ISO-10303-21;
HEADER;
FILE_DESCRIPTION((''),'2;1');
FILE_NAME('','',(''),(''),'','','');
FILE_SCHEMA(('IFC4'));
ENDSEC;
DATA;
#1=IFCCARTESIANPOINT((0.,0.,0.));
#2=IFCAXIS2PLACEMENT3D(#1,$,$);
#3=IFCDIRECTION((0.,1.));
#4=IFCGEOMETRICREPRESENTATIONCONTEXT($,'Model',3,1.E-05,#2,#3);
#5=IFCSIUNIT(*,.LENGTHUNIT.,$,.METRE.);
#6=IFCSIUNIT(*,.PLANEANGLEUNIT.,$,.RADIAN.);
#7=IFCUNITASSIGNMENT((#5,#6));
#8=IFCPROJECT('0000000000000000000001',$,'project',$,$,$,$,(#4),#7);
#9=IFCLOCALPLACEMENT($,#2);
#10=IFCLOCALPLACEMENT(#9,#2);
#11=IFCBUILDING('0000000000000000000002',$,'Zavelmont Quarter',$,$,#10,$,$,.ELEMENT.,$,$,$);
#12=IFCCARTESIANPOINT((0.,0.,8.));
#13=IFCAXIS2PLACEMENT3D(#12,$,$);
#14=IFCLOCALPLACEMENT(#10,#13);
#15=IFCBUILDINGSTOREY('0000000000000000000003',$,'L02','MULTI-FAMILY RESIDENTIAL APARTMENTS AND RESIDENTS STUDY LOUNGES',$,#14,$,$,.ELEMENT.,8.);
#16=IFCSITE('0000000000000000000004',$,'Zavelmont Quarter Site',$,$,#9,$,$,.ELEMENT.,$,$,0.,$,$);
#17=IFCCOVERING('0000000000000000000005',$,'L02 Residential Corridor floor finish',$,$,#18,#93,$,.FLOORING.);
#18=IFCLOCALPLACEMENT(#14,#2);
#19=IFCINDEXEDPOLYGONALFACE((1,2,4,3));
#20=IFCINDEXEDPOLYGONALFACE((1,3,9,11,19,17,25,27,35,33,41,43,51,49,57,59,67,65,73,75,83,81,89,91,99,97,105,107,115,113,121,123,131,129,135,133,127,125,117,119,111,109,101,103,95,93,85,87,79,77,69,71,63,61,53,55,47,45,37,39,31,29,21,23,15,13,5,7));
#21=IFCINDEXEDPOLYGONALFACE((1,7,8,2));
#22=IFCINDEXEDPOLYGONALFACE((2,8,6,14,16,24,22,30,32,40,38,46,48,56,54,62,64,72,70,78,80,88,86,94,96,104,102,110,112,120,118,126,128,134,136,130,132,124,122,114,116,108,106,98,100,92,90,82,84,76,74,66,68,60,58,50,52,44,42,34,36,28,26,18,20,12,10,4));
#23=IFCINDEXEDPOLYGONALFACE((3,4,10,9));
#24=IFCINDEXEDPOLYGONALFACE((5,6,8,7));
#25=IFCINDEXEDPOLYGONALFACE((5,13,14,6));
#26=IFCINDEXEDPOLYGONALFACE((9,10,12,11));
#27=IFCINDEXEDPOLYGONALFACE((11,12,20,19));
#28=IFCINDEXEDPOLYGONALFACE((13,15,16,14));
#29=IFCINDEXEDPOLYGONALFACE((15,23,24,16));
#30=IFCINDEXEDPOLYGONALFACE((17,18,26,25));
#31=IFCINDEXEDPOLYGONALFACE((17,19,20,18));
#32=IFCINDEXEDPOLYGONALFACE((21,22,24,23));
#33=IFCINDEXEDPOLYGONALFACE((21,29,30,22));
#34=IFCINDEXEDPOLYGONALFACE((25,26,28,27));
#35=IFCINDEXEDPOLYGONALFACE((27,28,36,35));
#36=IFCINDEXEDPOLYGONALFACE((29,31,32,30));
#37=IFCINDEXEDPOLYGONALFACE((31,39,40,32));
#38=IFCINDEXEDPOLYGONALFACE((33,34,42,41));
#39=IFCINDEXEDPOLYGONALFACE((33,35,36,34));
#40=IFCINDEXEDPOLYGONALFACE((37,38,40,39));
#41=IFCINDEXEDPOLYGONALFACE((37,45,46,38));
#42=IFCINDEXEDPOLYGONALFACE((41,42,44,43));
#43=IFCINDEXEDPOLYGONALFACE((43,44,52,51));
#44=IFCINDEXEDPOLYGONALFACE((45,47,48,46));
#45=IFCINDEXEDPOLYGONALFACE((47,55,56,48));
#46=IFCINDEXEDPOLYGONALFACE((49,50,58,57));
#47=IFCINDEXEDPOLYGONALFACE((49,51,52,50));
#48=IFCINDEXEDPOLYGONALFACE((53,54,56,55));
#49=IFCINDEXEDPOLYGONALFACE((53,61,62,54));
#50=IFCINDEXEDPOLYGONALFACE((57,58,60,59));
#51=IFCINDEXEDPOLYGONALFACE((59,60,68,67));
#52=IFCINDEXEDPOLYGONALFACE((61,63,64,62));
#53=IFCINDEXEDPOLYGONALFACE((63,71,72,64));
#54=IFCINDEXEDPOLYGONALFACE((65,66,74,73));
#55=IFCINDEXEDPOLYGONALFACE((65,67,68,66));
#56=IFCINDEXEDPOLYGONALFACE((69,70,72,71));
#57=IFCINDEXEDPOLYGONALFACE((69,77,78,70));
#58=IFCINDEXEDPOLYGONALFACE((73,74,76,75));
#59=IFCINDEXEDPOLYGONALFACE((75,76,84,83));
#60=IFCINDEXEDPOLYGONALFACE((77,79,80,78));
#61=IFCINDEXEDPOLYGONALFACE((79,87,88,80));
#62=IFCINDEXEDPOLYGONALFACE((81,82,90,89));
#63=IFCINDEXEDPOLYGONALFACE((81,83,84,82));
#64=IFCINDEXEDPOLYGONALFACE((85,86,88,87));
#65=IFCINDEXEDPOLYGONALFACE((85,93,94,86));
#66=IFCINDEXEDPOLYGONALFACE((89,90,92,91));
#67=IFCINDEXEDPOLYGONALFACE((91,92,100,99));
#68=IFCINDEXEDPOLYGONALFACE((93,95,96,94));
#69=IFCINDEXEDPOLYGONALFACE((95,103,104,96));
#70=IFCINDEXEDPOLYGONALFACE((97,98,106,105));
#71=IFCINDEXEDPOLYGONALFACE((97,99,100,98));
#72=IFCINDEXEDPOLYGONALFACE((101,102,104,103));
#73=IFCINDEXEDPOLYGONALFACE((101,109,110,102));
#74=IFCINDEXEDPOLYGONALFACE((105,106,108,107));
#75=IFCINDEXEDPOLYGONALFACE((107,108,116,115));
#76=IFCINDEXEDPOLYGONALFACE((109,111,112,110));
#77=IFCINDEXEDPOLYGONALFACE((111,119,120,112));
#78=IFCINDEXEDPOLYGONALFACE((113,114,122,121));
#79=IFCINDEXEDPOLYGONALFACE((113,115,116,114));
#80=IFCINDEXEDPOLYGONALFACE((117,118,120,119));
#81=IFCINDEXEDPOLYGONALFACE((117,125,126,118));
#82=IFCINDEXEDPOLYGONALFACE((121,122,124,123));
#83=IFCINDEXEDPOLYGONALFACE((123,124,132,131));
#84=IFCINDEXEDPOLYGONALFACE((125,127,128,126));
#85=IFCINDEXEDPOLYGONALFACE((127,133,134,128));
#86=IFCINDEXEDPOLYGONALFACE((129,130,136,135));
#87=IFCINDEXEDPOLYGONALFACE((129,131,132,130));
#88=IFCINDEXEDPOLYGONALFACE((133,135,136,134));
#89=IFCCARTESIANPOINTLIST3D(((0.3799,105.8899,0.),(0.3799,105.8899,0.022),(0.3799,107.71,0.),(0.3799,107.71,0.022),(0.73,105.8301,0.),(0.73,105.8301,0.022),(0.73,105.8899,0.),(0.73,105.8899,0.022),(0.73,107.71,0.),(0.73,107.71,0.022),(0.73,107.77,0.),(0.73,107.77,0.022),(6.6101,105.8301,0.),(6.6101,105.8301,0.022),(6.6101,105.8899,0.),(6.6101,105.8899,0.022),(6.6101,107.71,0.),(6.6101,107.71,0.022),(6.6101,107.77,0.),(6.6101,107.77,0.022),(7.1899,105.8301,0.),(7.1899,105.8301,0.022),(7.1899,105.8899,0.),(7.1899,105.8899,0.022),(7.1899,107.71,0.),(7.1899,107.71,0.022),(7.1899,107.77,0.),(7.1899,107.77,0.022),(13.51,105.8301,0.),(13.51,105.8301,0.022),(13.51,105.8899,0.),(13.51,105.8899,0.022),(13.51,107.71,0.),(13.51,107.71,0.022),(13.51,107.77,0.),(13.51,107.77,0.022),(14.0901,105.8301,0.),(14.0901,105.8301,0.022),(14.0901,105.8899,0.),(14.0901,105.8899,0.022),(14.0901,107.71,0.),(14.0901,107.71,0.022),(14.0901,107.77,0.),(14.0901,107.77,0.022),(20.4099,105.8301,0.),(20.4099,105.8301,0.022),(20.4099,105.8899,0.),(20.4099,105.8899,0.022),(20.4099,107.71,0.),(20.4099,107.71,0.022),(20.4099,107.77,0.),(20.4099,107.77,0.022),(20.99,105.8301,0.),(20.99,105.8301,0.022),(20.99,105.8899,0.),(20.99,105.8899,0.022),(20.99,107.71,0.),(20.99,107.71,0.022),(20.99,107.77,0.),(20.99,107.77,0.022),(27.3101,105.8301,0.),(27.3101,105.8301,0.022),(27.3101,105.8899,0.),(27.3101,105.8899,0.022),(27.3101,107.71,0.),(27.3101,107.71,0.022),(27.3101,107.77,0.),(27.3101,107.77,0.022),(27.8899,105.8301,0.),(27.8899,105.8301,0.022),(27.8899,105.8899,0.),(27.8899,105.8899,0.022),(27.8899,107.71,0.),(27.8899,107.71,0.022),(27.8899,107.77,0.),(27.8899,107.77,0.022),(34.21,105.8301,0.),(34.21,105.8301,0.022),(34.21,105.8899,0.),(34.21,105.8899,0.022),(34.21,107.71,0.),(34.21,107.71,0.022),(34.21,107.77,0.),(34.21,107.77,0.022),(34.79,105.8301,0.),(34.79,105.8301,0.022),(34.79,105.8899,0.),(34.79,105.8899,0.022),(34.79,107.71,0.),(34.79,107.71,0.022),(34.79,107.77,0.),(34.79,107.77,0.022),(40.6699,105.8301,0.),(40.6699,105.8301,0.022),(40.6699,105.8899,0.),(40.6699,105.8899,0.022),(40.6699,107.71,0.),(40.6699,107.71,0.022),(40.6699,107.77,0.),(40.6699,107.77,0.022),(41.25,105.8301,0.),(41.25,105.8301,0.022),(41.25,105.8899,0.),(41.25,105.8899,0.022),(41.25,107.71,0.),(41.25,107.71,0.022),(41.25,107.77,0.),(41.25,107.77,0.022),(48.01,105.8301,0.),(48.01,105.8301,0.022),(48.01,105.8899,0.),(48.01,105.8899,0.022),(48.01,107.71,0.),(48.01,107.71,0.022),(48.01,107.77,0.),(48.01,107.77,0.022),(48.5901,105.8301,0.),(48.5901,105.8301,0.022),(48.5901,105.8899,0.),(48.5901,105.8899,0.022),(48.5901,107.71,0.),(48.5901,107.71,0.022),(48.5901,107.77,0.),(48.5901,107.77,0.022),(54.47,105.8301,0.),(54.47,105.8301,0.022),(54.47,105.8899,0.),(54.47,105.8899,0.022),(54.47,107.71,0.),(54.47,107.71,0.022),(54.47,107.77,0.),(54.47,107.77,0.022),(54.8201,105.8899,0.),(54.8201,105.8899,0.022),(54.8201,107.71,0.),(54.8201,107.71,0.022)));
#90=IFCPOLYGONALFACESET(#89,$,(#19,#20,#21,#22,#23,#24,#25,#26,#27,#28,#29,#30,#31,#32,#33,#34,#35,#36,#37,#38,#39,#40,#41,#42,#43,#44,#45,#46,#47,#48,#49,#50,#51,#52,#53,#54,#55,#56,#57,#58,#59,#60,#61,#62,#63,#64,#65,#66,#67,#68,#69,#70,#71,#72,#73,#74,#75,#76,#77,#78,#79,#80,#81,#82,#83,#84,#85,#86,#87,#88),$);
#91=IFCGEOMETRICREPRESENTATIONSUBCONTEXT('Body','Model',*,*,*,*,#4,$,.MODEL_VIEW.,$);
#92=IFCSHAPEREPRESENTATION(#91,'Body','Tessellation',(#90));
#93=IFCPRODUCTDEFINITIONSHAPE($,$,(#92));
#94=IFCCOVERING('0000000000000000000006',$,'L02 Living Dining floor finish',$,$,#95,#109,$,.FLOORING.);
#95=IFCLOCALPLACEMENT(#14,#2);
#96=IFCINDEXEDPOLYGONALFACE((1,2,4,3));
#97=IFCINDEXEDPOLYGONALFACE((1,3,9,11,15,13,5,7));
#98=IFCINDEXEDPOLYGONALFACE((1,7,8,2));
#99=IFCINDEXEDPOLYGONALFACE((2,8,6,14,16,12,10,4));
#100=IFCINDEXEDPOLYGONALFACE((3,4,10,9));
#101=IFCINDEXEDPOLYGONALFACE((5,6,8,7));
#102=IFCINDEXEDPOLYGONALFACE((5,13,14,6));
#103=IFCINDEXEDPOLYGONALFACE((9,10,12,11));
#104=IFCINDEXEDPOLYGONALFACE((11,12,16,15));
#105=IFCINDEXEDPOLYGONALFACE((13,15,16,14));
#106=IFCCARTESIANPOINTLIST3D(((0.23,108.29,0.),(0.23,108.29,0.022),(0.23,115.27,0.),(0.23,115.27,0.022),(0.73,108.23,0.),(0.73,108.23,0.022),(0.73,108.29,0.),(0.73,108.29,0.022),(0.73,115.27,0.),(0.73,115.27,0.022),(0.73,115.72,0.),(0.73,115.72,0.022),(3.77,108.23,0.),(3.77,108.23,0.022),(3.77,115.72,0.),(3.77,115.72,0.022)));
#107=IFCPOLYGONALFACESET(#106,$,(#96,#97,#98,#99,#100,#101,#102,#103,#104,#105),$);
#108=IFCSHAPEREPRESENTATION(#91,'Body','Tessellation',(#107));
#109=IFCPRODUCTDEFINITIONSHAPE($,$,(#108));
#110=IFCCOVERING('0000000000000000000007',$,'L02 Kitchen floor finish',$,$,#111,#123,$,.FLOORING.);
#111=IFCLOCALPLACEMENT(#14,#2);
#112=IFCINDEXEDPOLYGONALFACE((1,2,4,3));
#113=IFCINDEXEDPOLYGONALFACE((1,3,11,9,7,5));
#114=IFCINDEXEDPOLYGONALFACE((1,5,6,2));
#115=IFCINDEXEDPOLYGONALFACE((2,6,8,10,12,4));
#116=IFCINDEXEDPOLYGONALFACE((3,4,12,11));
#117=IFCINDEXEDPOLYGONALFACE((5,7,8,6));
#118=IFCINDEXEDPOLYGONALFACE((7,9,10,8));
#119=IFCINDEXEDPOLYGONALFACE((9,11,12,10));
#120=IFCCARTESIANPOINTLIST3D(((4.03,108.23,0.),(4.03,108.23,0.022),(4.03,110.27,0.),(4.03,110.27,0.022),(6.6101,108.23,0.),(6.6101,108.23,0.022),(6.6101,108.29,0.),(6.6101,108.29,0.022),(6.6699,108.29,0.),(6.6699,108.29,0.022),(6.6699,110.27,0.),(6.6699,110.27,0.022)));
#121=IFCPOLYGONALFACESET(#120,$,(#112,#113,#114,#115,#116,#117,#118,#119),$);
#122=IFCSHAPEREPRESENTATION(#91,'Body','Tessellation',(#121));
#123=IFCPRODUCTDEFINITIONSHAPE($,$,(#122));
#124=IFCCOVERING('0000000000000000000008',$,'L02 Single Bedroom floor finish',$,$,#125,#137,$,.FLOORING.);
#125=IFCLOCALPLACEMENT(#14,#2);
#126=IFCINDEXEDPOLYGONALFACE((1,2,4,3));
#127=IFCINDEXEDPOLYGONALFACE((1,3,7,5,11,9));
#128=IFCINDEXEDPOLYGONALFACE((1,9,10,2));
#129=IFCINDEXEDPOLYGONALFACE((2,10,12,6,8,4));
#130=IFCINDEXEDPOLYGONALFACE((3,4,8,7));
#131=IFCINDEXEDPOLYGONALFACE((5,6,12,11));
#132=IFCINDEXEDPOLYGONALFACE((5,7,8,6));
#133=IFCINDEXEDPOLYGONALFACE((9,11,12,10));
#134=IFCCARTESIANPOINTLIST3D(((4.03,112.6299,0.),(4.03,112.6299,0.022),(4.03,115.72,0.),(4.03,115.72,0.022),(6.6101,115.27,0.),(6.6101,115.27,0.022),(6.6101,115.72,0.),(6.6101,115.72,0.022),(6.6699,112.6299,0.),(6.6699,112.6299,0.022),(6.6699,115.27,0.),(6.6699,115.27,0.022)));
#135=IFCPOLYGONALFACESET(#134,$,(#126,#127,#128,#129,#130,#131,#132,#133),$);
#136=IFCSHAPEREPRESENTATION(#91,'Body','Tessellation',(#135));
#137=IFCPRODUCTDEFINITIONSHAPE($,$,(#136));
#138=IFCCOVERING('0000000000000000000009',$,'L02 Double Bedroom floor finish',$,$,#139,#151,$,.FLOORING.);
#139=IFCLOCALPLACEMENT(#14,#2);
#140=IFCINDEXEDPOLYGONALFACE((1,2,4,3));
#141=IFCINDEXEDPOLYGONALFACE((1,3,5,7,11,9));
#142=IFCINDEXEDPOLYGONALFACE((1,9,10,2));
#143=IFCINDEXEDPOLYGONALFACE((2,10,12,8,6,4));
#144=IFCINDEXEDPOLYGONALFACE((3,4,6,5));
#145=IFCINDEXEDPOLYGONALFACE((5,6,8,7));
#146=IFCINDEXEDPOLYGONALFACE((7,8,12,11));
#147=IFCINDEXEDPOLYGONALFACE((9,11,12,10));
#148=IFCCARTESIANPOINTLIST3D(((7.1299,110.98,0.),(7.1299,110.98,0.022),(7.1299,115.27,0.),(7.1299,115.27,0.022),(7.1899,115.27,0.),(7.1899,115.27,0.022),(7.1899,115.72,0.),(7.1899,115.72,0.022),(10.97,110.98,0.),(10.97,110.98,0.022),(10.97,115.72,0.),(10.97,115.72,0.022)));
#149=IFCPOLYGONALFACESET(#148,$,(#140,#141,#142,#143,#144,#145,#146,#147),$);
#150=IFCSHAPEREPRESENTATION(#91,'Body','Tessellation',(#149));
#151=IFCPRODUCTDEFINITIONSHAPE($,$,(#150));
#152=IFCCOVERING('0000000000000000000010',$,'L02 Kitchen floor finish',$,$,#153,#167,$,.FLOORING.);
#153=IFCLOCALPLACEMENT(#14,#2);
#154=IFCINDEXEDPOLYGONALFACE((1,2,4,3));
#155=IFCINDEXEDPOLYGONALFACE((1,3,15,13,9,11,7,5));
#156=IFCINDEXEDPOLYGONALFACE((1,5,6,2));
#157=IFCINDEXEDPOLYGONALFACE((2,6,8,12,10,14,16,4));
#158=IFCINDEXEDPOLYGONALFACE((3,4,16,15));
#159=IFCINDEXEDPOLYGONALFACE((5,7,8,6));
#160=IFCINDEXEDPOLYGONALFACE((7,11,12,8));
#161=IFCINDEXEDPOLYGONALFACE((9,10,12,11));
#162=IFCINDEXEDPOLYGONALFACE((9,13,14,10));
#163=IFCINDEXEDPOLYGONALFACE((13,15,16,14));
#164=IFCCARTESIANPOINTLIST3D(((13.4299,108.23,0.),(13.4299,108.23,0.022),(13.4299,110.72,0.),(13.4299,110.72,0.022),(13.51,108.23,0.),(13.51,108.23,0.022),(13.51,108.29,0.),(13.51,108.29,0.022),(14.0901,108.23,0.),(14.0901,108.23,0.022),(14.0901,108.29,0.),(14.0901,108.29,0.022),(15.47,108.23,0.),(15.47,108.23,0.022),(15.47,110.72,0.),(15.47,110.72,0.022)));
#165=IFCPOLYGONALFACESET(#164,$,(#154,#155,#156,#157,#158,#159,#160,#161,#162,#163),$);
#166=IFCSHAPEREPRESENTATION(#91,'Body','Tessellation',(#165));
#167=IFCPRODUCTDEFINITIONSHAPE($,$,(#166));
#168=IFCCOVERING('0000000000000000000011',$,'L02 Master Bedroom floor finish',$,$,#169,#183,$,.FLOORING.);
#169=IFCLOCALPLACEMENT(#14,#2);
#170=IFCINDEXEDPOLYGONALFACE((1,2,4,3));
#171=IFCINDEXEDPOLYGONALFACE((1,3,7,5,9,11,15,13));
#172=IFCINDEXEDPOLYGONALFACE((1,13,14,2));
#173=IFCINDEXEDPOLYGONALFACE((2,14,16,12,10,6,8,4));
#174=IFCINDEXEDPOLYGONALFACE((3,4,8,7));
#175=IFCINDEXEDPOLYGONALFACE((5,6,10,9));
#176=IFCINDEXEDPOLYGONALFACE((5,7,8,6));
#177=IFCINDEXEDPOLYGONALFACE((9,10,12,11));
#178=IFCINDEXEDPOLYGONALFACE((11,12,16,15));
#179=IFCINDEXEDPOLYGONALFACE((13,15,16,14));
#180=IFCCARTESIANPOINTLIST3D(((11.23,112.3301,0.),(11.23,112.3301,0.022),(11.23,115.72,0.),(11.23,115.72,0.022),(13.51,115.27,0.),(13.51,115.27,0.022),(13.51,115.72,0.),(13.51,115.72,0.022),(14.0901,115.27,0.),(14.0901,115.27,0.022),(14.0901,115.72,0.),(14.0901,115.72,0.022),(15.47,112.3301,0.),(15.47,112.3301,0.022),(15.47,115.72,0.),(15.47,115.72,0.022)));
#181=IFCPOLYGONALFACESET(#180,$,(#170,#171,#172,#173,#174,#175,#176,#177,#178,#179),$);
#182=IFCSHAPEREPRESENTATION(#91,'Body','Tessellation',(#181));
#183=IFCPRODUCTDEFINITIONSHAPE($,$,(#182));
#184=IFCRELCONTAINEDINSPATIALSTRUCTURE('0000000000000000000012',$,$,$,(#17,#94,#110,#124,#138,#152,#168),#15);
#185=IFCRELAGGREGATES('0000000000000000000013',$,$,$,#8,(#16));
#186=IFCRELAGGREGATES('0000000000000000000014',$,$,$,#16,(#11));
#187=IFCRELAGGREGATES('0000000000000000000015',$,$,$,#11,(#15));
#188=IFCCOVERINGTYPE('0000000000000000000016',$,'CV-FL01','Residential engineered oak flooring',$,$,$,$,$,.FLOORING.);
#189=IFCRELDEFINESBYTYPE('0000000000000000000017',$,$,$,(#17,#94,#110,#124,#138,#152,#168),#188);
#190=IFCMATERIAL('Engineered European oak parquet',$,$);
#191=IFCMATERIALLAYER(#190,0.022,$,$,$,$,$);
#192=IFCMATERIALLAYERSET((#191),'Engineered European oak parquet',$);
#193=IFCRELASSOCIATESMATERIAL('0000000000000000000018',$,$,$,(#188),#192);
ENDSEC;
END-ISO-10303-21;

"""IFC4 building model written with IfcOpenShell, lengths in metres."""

from ifc_helpers import new_model, si_unit, direction, frame, origin, place, context, subcontext, project, spatial, polyline, outline, extrude, material, layer, layer_set, type_object, element, save


model = new_model("IFC4")

# Units and contexts
model_context = context("Model", 3, precision=1e-05, world=origin(), true_north=direction((0.0, 1.0)))
body_context = subcontext(model_context, "Body", "Model", "MODEL_VIEW")
ifc_project = project(units=[si_unit("LENGTHUNIT", "METRE"), si_unit("PLANEANGLEUNIT", "RADIAN")], contexts=[model_context])

# Site, building, storey
site_placement = place(None, origin())
site = spatial("IfcSite", under=ifc_project, at=site_placement, Name="Zavelmont Quarter Site", CompositionType="ELEMENT", RefElevation=0.0)
building_placement = place(site_placement, origin())
building = spatial("IfcBuilding", under=site, at=building_placement, Name="Zavelmont Quarter", CompositionType="ELEMENT")
storey_placement = place(building_placement, frame((0.0, 0.0, 8.0)))
storey = spatial("IfcBuildingStorey", under=building, at=storey_placement, Name="L02", Description="MULTI-FAMILY RESIDENTIAL APARTMENTS AND RESIDENTS STUDY LOUNGES", CompositionType="ELEMENT", Elevation=8.0)

# Coverings
ifc_material_1 = material(Name="Engineered European oak parquet")
ifc_layer_1 = layer(ifc_material_1, 0.022)
ifc_layer_set_1 = layer_set([ifc_layer_1], Name="Engineered European oak parquet")
covering_type_1 = type_object("IfcCoveringType", Name="CV-FL01", Description="Residential engineered oak flooring", PredefinedType="FLOORING", material=ifc_layer_set_1)
covering_1_placement = place(storey_placement, origin())
element("IfcCovering", 1, at=covering_1_placement, inside=storey, type_object=covering_type_1, Name="L02 Residential Corridor floor finish", PredefinedType="FLOORING", context=body_context, shape_type="SweptSolid", body=[
    extrude(outline(polyline([(0.3799, 107.71), (0.73, 107.71), (0.73, 107.77), (6.6101, 107.77), (6.6101, 107.71), (7.1899, 107.71), (7.1899, 107.77), (13.51, 107.77), (13.51, 107.71), (14.0901, 107.71), (14.0901, 107.77), (20.4099, 107.77), (20.4099, 107.71), (20.99, 107.71), (20.99, 107.77), (27.3101, 107.77), (27.3101, 107.71), (27.8899, 107.71), (27.8899, 107.77), (34.21, 107.77), (34.21, 107.71), (34.79, 107.71), (34.79, 107.77), (40.6699, 107.77), (40.6699, 107.71), (41.25, 107.71), (41.25, 107.77), (48.01, 107.77), (48.01, 107.71), (48.5901, 107.71), (48.5901, 107.77), (54.47, 107.77), (54.47, 107.71), (54.8201, 107.71), (54.8201, 105.8899), (54.47, 105.8899), (54.47, 105.8301), (48.5901, 105.8301), (48.5901, 105.8899), (48.01, 105.8899), (48.01, 105.8301), (41.25, 105.8301), (41.25, 105.8899), (40.6699, 105.8899), (40.6699, 105.8301), (34.79, 105.8301), (34.79, 105.8899), (34.21, 105.8899), (34.21, 105.8301), (27.8899, 105.8301), (27.8899, 105.8899), (27.3101, 105.8899), (27.3101, 105.8301), (20.99, 105.8301), (20.99, 105.8899), (20.4099, 105.8899), (20.4099, 105.8301), (14.0901, 105.8301), (14.0901, 105.8899), (13.51, 105.8899), (13.51, 105.8301), (7.1899, 105.8301), (7.1899, 105.8899), (6.6101, 105.8899), (6.6101, 105.8301), (0.73, 105.8301), (0.73, 105.8899), (0.3799, 105.8899), (0.3799, 107.71)])), origin(), (0.0, 0.0, 1.0), 0.022),
])
covering_2_placement = place(storey_placement, origin())
element("IfcCovering", 2, at=covering_2_placement, inside=storey, type_object=covering_type_1, Name="L02 Living Dining floor finish", PredefinedType="FLOORING", context=body_context, shape_type="SweptSolid", body=[
    extrude(outline(polyline([(0.23, 115.27), (0.73, 115.27), (0.73, 115.72), (3.77, 115.72), (3.77, 108.23), (0.73, 108.23), (0.73, 108.29), (0.23, 108.29), (0.23, 115.27)])), origin(), (0.0, 0.0, 1.0), 0.022),
])
covering_3_placement = place(storey_placement, origin())
element("IfcCovering", 3, at=covering_3_placement, inside=storey, type_object=covering_type_1, Name="L02 Kitchen floor finish", PredefinedType="FLOORING", context=body_context, shape_type="SweptSolid", body=[
    extrude(outline(polyline([(4.03, 110.27), (6.6699, 110.27), (6.6699, 108.29), (6.6101, 108.29), (6.6101, 108.23), (4.03, 108.23), (4.03, 110.27)])), origin(), (0.0, 0.0, 1.0), 0.022),
])
covering_4_placement = place(storey_placement, origin())
element("IfcCovering", 4, at=covering_4_placement, inside=storey, type_object=covering_type_1, Name="L02 Single Bedroom floor finish", PredefinedType="FLOORING", context=body_context, shape_type="SweptSolid", body=[
    extrude(outline(polyline([(4.03, 115.72), (6.6101, 115.72), (6.6101, 115.27), (6.6699, 115.27), (6.6699, 112.6299), (4.03, 112.6299), (4.03, 115.72)])), origin(), (0.0, 0.0, 1.0), 0.022),
])
covering_5_placement = place(storey_placement, origin())
element("IfcCovering", 5, at=covering_5_placement, inside=storey, type_object=covering_type_1, Name="L02 Double Bedroom floor finish", PredefinedType="FLOORING", context=body_context, shape_type="SweptSolid", body=[
    extrude(outline(polyline([(7.1299, 115.27), (7.1899, 115.27), (7.1899, 115.72), (10.97, 115.72), (10.97, 110.98), (7.1299, 110.98), (7.1299, 115.27)])), origin(), (0.0, 0.0, 1.0), 0.022),
])
covering_6_placement = place(storey_placement, origin())
element("IfcCovering", 6, at=covering_6_placement, inside=storey, type_object=covering_type_1, Name="L02 Kitchen floor finish", PredefinedType="FLOORING", context=body_context, shape_type="SweptSolid", body=[
    extrude(outline(polyline([(13.4299, 110.72), (15.47, 110.72), (15.47, 108.23), (14.0901, 108.23), (14.0901, 108.29), (13.51, 108.29), (13.51, 108.23), (13.4299, 108.23), (13.4299, 110.72)])), origin(), (0.0, 0.0, 1.0), 0.022),
])
covering_7_placement = place(storey_placement, origin())
element("IfcCovering", 7, at=covering_7_placement, inside=storey, type_object=covering_type_1, Name="L02 Master Bedroom floor finish", PredefinedType="FLOORING", context=body_context, shape_type="SweptSolid", body=[
    extrude(outline(polyline([(11.23, 115.72), (13.51, 115.72), (13.51, 115.27), (14.0901, 115.27), (14.0901, 115.72), (15.47, 115.72), (15.47, 112.3301), (11.23, 112.3301), (11.23, 115.72)])), origin(), (0.0, 0.0, 1.0), 0.022),
])

save(model, "model.ifc")
